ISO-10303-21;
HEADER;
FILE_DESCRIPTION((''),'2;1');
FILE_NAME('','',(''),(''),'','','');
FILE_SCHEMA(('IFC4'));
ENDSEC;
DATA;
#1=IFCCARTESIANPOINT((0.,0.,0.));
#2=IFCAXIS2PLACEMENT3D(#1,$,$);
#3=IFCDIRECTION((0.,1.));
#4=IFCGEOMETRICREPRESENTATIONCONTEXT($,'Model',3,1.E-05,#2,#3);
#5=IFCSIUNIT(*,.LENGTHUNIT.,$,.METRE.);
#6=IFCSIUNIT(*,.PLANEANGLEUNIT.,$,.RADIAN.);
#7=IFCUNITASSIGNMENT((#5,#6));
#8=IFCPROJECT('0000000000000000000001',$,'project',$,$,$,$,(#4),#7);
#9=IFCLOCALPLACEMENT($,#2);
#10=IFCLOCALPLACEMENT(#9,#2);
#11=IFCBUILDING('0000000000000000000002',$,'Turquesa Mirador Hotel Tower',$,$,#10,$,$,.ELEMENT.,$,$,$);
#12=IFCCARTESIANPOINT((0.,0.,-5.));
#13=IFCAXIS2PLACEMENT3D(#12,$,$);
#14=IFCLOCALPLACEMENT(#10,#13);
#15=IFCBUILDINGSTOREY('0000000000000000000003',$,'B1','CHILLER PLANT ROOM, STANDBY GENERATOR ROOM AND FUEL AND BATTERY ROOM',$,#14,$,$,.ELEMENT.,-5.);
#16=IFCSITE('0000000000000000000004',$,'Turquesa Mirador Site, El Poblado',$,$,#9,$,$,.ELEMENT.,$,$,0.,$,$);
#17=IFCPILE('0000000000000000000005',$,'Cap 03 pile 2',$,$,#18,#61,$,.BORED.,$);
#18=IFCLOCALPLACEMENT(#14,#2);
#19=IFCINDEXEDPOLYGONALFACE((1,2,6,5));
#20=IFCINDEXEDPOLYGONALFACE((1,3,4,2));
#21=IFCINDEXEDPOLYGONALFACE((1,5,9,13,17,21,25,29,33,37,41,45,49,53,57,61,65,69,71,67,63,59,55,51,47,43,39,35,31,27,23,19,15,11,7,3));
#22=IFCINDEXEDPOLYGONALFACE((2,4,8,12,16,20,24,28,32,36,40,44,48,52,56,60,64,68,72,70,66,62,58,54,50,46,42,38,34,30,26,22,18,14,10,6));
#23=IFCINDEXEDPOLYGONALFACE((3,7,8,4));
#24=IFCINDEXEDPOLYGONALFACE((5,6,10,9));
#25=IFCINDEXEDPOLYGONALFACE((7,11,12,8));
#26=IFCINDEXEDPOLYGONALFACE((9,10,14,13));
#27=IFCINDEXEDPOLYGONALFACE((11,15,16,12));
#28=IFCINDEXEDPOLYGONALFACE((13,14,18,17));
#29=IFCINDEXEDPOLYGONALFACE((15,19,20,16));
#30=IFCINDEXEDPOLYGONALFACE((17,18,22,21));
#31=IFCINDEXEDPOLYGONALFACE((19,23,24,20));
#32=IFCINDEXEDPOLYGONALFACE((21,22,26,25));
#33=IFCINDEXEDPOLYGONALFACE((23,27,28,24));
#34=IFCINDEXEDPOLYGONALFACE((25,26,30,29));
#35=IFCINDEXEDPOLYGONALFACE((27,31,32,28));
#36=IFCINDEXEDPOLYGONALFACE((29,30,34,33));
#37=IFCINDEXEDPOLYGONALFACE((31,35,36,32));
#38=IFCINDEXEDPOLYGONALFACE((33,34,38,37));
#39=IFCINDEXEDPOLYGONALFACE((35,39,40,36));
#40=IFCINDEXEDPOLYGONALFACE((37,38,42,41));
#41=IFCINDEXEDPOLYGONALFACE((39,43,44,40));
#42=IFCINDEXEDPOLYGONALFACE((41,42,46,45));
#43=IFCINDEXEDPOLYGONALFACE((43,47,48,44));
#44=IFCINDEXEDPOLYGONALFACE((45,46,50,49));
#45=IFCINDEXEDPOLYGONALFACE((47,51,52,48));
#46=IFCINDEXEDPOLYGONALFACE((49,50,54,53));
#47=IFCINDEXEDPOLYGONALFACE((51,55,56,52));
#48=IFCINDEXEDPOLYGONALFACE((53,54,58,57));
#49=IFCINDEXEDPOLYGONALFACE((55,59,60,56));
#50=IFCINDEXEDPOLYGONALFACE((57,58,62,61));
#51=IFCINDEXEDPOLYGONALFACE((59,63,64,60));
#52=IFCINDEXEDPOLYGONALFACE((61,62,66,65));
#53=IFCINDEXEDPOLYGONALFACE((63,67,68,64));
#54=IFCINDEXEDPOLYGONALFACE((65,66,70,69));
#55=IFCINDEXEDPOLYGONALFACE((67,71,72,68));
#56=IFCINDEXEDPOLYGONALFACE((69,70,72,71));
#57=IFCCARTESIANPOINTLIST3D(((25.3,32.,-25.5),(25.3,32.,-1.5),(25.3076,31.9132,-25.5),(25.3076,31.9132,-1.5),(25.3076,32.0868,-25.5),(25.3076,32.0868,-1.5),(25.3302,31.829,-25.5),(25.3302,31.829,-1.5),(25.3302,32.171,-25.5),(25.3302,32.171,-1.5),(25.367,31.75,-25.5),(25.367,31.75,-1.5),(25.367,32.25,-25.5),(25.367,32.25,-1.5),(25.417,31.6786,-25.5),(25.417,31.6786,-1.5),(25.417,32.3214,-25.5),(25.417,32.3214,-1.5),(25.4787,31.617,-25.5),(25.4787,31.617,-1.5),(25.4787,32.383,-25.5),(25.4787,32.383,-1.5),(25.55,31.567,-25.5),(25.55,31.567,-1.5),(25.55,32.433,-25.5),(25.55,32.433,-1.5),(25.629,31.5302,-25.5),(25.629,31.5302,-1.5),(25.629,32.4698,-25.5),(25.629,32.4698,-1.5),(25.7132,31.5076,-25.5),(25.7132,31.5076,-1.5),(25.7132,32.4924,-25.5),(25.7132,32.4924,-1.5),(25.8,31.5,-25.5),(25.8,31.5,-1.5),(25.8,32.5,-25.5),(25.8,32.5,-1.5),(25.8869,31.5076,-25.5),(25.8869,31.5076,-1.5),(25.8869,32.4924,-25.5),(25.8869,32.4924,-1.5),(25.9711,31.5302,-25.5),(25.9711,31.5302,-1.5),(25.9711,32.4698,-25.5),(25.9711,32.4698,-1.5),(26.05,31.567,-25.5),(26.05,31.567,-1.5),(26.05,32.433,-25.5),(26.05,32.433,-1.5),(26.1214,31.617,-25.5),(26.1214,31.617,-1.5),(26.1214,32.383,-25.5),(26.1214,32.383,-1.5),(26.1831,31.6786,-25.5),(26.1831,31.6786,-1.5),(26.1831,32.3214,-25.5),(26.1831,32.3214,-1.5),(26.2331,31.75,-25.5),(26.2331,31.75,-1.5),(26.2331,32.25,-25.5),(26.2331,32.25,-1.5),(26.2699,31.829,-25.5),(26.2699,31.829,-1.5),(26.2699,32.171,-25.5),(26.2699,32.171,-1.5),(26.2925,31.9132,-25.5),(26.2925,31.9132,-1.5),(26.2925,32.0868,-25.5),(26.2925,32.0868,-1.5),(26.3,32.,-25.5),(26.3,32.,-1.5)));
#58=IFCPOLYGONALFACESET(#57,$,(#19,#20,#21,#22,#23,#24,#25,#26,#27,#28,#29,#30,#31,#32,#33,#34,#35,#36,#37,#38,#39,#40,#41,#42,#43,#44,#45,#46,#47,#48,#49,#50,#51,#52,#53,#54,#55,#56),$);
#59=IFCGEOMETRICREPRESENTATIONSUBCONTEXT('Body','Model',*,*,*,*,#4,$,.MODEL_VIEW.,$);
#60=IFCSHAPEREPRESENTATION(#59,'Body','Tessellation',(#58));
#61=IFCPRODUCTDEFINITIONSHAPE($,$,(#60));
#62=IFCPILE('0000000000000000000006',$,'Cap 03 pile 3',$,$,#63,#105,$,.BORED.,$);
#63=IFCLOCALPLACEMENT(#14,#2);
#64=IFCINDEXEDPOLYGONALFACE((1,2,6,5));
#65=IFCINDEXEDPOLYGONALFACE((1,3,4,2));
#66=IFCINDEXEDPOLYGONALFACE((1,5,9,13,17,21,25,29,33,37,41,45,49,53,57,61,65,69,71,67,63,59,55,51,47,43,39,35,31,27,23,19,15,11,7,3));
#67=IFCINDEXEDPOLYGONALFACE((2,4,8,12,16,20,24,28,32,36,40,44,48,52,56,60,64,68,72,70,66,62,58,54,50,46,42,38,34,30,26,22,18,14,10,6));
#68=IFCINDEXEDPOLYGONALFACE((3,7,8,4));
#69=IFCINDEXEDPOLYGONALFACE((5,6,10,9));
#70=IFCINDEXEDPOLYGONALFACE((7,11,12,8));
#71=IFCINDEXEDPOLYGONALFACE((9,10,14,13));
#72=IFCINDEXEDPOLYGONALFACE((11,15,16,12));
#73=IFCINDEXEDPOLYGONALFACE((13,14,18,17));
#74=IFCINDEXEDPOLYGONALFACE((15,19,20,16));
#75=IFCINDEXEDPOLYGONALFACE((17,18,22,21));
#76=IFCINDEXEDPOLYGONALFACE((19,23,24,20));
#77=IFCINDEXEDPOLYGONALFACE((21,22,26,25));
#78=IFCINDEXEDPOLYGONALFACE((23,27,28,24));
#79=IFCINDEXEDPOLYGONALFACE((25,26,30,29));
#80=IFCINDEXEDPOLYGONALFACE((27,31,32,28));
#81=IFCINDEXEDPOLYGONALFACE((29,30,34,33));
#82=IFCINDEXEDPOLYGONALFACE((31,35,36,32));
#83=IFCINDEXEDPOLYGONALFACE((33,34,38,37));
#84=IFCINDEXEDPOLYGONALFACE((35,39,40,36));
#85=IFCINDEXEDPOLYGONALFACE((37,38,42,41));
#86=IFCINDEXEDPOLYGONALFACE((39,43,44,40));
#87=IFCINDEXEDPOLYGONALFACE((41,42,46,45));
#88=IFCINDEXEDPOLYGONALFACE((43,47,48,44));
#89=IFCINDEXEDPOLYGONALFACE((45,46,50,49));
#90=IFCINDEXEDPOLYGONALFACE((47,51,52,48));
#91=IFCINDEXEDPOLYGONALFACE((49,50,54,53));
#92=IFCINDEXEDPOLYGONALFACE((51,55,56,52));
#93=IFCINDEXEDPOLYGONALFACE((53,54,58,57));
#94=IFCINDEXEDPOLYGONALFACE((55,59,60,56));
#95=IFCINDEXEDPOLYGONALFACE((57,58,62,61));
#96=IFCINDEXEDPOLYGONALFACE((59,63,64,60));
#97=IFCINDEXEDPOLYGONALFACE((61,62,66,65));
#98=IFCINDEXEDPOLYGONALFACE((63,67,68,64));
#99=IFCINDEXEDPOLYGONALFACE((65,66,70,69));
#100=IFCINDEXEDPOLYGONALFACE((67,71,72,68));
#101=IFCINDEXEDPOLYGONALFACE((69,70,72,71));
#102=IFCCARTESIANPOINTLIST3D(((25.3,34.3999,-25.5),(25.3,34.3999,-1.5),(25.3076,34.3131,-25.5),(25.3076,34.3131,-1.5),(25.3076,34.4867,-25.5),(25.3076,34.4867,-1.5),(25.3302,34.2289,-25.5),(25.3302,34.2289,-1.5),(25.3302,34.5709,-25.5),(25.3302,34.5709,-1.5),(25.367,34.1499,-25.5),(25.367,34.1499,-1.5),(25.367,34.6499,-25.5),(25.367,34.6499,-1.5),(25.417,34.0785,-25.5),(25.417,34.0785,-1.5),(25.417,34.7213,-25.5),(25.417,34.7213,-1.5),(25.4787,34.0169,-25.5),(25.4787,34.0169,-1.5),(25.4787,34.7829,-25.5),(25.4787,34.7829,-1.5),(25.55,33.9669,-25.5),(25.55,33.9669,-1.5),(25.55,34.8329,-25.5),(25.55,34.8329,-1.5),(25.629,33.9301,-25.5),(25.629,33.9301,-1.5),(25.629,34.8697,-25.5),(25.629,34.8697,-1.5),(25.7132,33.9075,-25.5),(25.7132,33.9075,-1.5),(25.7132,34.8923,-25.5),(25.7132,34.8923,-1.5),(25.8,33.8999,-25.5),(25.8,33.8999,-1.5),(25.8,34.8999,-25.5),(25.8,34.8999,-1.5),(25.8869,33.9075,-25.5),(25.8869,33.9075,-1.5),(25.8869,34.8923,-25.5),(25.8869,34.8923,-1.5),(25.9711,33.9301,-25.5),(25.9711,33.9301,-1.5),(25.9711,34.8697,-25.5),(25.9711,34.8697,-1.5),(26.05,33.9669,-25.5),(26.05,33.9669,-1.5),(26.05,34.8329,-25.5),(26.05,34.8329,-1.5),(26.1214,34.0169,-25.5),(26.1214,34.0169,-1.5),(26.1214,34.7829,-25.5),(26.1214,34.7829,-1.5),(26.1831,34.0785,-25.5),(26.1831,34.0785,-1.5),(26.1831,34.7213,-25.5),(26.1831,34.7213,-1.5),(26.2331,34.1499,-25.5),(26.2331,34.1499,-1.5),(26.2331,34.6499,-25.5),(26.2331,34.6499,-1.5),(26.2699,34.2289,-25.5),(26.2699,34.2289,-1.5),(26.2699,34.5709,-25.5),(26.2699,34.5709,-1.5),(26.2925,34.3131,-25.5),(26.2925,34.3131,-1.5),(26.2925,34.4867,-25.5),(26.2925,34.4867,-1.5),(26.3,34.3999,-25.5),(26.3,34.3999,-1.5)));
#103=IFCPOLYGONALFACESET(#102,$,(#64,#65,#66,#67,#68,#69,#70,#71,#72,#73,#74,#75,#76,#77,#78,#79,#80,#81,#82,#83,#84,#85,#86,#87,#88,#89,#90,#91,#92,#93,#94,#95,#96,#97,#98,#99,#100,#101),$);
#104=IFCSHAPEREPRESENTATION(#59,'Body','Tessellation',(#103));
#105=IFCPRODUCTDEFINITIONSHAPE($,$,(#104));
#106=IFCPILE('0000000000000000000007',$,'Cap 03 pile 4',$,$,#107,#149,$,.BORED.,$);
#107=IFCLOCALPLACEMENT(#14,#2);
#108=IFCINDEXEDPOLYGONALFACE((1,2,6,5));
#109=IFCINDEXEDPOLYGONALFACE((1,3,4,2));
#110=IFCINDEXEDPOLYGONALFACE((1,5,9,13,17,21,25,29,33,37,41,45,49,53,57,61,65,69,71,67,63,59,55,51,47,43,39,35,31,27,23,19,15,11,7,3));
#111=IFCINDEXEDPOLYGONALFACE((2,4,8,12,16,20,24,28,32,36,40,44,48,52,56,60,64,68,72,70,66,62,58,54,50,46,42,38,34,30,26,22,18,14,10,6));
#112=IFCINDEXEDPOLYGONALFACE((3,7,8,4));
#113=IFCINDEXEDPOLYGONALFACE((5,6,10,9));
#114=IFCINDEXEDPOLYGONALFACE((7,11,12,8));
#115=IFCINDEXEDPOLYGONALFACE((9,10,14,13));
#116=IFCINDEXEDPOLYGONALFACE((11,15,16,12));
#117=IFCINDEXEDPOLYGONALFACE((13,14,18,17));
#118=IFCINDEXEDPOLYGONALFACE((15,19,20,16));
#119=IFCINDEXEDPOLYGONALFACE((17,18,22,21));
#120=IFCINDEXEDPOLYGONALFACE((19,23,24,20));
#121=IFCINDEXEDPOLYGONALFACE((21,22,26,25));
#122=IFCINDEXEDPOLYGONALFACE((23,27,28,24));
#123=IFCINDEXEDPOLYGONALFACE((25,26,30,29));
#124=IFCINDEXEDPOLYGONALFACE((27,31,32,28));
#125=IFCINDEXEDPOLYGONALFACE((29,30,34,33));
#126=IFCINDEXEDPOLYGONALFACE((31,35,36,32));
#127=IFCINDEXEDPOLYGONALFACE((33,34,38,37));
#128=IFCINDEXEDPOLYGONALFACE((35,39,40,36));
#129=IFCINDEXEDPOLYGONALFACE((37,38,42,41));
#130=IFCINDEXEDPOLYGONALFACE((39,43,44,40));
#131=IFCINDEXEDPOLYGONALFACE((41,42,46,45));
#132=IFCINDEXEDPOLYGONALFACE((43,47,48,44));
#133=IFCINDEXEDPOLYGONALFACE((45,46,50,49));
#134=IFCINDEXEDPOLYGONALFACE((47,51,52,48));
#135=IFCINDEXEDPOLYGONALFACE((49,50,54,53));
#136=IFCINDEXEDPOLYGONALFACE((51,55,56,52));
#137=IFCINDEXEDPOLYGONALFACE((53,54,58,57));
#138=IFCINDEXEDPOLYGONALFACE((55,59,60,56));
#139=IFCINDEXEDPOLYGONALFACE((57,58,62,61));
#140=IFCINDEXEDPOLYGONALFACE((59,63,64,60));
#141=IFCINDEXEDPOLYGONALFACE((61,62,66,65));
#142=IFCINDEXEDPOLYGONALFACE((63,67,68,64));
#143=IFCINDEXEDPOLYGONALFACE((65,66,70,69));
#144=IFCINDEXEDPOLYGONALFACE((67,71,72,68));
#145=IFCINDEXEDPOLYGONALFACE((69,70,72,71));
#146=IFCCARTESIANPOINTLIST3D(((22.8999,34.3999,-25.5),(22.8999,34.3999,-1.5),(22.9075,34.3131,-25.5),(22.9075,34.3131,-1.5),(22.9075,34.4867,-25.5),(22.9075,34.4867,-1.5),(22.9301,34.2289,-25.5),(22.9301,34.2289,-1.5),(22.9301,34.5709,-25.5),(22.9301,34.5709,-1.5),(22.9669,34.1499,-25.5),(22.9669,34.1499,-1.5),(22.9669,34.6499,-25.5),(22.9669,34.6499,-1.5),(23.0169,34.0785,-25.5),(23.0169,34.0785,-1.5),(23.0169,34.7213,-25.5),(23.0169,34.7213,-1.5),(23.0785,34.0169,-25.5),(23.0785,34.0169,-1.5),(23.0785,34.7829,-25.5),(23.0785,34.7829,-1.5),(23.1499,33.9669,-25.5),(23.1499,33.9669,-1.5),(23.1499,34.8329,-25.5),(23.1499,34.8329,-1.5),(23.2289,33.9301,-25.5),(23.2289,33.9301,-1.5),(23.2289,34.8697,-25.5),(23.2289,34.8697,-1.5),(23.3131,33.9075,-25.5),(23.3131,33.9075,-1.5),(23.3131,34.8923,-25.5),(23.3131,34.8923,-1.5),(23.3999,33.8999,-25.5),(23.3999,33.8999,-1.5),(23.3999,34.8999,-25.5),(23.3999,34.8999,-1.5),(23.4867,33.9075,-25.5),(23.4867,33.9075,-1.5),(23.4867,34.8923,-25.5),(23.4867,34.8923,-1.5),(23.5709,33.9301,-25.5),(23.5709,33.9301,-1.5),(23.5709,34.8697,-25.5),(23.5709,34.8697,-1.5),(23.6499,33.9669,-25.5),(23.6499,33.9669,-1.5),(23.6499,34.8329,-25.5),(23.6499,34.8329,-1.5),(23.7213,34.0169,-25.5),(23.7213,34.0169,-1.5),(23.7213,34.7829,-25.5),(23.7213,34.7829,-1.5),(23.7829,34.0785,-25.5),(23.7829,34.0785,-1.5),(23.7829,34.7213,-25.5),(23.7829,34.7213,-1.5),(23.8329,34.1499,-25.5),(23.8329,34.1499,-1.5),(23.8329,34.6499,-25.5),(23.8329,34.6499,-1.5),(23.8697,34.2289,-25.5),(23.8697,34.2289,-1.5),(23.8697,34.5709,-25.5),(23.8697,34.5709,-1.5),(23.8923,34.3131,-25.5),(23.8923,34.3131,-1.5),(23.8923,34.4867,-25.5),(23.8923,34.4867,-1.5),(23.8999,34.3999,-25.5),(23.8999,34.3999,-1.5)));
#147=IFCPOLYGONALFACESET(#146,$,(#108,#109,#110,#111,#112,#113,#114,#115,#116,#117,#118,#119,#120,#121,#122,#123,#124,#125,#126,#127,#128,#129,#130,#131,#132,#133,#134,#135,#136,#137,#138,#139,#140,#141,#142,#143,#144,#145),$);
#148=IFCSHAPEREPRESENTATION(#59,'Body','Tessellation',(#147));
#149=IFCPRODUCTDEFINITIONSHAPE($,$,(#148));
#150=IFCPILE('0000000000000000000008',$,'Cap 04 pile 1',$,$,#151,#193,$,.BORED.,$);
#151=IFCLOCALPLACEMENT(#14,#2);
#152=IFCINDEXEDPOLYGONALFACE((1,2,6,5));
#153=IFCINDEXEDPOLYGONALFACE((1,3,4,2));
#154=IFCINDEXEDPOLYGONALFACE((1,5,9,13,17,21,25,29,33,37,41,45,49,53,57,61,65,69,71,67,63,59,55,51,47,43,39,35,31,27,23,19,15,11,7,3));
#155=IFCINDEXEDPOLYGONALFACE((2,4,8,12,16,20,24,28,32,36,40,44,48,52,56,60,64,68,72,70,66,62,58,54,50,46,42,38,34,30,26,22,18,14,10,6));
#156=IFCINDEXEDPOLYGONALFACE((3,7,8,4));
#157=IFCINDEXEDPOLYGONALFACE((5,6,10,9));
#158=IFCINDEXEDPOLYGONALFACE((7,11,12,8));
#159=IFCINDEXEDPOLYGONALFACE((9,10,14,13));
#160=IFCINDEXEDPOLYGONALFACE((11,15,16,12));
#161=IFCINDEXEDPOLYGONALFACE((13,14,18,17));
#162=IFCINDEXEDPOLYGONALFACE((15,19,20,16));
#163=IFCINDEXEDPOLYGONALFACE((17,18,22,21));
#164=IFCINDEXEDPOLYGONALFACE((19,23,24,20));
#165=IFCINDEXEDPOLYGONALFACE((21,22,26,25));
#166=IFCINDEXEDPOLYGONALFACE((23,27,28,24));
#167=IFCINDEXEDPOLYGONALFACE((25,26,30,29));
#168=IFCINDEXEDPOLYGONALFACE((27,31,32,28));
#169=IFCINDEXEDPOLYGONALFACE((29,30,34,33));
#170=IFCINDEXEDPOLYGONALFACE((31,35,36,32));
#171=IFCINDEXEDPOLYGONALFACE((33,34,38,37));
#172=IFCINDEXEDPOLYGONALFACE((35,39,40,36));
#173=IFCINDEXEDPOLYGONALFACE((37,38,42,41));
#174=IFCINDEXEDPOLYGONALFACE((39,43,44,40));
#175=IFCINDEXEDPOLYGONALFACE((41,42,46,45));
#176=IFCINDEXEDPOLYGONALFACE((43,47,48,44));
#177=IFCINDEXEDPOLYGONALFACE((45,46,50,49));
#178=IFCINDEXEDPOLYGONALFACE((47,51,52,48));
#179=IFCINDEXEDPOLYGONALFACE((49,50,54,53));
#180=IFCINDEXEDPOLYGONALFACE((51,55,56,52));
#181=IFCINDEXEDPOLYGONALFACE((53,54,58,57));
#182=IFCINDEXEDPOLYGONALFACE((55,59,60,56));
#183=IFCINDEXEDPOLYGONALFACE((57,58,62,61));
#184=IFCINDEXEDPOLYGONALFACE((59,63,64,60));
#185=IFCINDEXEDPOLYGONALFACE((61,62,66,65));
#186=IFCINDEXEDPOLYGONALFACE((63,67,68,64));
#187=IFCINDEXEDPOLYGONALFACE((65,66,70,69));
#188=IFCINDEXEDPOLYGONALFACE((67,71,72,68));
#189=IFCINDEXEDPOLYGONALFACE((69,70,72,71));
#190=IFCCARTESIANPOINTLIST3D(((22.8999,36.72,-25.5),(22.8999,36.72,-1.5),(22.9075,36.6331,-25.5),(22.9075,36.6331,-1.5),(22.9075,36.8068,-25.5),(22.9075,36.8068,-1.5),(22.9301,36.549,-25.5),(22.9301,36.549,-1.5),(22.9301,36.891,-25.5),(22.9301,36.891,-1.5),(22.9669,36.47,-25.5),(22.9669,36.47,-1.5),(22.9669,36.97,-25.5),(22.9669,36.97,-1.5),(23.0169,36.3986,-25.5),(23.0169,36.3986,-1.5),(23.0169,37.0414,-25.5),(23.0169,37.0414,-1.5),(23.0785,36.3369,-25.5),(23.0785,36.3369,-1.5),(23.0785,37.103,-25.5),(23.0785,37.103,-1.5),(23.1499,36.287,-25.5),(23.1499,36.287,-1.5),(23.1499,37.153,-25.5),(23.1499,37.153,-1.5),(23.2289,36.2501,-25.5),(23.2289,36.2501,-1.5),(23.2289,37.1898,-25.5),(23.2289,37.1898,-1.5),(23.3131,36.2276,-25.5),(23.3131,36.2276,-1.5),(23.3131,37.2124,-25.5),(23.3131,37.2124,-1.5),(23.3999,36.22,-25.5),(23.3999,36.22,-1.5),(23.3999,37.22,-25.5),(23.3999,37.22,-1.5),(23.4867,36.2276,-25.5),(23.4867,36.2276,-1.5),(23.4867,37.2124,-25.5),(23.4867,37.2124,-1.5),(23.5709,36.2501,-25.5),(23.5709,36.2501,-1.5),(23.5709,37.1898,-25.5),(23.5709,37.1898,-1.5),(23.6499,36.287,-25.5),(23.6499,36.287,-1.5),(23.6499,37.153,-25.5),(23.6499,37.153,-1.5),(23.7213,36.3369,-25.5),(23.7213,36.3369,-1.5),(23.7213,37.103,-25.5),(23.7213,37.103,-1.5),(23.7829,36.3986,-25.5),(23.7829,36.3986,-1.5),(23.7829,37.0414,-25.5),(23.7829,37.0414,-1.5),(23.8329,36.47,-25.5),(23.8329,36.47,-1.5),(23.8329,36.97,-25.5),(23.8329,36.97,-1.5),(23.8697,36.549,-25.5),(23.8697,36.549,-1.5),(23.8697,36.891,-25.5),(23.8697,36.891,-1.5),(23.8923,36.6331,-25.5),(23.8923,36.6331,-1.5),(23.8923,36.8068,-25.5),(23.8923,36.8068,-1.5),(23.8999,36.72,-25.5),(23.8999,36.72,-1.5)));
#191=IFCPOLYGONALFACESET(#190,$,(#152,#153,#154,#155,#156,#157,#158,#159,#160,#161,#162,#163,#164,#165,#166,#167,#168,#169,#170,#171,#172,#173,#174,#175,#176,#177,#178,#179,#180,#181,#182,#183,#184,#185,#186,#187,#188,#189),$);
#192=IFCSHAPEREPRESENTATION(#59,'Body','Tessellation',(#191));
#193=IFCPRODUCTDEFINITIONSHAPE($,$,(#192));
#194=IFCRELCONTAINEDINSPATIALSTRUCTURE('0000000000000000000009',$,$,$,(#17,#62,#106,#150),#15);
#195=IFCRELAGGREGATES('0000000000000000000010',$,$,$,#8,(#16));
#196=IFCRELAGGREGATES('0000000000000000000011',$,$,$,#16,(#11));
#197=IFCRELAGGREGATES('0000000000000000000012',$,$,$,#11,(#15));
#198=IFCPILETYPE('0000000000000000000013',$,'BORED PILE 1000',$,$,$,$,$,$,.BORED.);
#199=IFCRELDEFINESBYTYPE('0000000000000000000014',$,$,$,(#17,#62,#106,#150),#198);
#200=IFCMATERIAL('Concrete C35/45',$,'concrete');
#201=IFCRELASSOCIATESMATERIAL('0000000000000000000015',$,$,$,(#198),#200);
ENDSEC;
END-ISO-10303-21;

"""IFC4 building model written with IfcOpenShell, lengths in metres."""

from ifc_helpers import new_model, si_unit, direction, frame, origin, origin_2d, place, context, subcontext, project, spatial, circle, extrude, material, type_object, element, save


model = new_model("IFC4")

# Units and contexts
model_context = context("Model", 3, precision=1e-05, world=origin(), true_north=direction((0.0, 1.0)))
body_context = subcontext(model_context, "Body", "Model", "MODEL_VIEW")
ifc_project = project(units=[si_unit("LENGTHUNIT", "METRE"), si_unit("PLANEANGLEUNIT", "RADIAN")], contexts=[model_context])

# Site, building, storey
site_placement = place(None, origin())
site = spatial("IfcSite", under=ifc_project, at=site_placement, Name="Turquesa Mirador Site, El Poblado", CompositionType="ELEMENT", RefElevation=0.0)
building_placement = place(site_placement, origin())
building = spatial("IfcBuilding", under=site, at=building_placement, Name="Turquesa Mirador Hotel Tower", CompositionType="ELEMENT")
storey_placement = place(building_placement, frame((0.0, 0.0, -5.0)))
storey = spatial("IfcBuildingStorey", under=building, at=storey_placement, Name="B1", Description="CHILLER PLANT ROOM, STANDBY GENERATOR ROOM AND FUEL AND BATTERY ROOM", CompositionType="ELEMENT", Elevation=-5.0)

# Piles
ifc_material_1 = material(Name="Concrete C35/45", Category="concrete")
pile_type_1 = type_object("IfcPileType", Name="BORED PILE 1000", PredefinedType="BORED", material=ifc_material_1)
for number, where, z_axis, x_axis, name in (
    (1, (25.8, 32.0, -1.5), (0.0, 0.0, -1.0), (1.0, 0.0, 0.0), "Cap 03 pile 2"),
    (2, (25.8, 34.3999, -1.5), (0.0, 0.0, -1.0), (1.0, 0.0, 0.0), "Cap 03 pile 3"),
    (3, (23.3999, 34.3999, -1.5), (0.0, 0.0, -1.0), (1.0, 0.0, 0.0), "Cap 03 pile 4"),
    (4, (23.3999, 36.72, -1.5), (0.0, 0.0, -1.0), (1.0, 0.0, 0.0), "Cap 04 pile 1"),
):
    element("IfcPile", number, at=place(storey_placement, frame(where, z_axis=z_axis, x_axis=x_axis)), inside=storey, type_object=pile_type_1, Name=name, PredefinedType="BORED", context=body_context, shape_type="SweptSolid", body=[
        extrude(circle(Radius=0.5, at=origin_2d()), origin(), (0.0, 0.0, 1.0), 24.0),
    ])

save(model, "model.ifc")
